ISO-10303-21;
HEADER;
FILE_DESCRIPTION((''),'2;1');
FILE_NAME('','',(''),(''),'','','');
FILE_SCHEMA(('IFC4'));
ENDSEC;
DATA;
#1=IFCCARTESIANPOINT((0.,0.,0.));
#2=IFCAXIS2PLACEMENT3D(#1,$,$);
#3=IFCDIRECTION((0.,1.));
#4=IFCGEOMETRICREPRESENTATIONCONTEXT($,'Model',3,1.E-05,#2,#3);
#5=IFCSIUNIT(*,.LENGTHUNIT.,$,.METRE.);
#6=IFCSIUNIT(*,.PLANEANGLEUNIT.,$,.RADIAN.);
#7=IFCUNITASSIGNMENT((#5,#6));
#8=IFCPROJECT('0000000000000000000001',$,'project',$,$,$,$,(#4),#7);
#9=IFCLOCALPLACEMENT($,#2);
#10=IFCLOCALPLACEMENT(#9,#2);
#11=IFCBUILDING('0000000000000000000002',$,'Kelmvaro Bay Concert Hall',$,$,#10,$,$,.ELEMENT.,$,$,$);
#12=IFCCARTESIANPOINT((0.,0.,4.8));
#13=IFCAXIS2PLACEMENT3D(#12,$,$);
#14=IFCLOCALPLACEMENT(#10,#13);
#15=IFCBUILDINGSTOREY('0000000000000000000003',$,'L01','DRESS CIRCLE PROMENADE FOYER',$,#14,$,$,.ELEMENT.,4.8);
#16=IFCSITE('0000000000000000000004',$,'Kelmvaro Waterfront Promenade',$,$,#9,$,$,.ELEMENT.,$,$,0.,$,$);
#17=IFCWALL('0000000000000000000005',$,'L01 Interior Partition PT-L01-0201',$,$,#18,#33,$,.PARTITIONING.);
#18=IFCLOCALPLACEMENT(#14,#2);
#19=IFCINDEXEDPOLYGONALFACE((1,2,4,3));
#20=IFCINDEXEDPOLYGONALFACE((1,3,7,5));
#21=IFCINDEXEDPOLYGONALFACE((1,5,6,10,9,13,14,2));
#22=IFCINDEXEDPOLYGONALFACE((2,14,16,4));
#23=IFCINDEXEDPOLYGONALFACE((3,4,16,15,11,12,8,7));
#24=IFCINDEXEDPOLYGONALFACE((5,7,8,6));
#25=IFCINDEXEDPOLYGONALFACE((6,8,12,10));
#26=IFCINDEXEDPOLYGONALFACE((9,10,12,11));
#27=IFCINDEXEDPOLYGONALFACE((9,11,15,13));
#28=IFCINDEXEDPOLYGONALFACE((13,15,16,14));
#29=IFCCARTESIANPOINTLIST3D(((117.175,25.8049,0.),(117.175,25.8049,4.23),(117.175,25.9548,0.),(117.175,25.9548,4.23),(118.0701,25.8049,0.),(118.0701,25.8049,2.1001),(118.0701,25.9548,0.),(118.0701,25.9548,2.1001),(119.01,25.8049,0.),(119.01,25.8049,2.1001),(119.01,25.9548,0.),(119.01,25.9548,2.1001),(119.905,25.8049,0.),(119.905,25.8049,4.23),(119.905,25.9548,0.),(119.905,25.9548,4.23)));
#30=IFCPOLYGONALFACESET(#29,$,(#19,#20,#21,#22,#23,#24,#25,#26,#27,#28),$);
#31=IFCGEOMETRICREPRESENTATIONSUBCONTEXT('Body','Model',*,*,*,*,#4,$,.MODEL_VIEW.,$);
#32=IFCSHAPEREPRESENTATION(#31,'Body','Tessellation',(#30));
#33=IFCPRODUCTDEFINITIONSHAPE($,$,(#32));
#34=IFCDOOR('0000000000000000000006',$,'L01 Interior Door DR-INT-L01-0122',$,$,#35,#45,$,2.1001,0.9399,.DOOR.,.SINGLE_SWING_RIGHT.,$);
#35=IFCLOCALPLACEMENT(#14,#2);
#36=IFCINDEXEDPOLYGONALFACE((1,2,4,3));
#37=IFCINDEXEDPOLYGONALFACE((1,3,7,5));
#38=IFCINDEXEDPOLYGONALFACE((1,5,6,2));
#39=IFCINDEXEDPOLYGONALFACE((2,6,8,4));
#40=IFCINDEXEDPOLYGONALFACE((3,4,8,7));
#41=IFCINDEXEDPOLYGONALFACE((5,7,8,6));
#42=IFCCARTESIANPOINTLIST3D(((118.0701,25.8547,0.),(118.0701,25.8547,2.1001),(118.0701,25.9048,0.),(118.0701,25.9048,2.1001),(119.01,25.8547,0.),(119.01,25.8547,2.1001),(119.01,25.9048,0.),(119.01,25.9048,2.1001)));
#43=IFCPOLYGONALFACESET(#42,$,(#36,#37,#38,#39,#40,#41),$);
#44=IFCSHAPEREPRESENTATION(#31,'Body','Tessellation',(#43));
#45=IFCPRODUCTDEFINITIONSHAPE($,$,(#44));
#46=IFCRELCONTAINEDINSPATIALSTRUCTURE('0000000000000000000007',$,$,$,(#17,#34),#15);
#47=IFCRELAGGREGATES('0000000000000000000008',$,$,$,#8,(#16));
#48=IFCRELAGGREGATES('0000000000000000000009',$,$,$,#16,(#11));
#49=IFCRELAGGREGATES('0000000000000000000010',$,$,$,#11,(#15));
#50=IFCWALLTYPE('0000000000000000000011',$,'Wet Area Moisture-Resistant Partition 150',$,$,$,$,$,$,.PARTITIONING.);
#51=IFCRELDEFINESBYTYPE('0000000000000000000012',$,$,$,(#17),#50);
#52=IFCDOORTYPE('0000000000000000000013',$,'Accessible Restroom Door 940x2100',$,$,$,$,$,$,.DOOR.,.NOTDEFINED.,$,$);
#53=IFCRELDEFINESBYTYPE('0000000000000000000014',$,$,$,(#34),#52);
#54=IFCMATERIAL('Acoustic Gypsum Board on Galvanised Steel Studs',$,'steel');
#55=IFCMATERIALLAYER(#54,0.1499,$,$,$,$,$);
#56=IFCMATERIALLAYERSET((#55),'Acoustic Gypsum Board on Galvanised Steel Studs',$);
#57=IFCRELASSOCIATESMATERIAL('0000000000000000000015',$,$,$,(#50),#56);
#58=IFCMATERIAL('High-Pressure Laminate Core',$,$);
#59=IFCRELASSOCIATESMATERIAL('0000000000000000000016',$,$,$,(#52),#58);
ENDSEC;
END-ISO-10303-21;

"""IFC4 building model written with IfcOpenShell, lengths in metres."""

from ifc_helpers import new_model, si_unit, direction, frame, frame_2d, origin, place, context, subcontext, project, spatial, rectangle, extrude, material, layer, layer_set, type_object, element, fill, save


model = new_model("IFC4")

# Units and contexts
model_context = context("Model", 3, precision=1e-05, world=origin(), true_north=direction((0.0, 1.0)))
body_context = subcontext(model_context, "Body", "Model", "MODEL_VIEW")
ifc_project = project(units=[si_unit("LENGTHUNIT", "METRE"), si_unit("PLANEANGLEUNIT", "RADIAN")], contexts=[model_context])

# Site, building, storey
site_placement = place(None, origin())
site = spatial("IfcSite", under=ifc_project, at=site_placement, Name="Kelmvaro Waterfront Promenade", CompositionType="ELEMENT", RefElevation=0.0)
building_placement = place(site_placement, origin())
building = spatial("IfcBuilding", under=site, at=building_placement, Name="Kelmvaro Bay Concert Hall", CompositionType="ELEMENT")
storey_placement = place(building_placement, frame((0.0, 0.0, 4.8)))
storey = spatial("IfcBuildingStorey", under=building, at=storey_placement, Name="L01", Description="DRESS CIRCLE PROMENADE FOYER", CompositionType="ELEMENT", Elevation=4.8)

# Wall, opening, door
ifc_material_1 = material(Name="Acoustic Gypsum Board on Galvanised Steel Studs", Category="steel")
ifc_layer_1 = layer(ifc_material_1, 0.1499)
ifc_layer_set_1 = layer_set([ifc_layer_1], Name="Acoustic Gypsum Board on Galvanised Steel Studs")
wall_type_1 = type_object("IfcWallType", Name="Wet Area Moisture-Resistant Partition 150", PredefinedType="PARTITIONING", material=ifc_layer_set_1)
wall_placement = place(storey_placement, frame((117.175, 25.8799, 0.0), z_axis=(0.0, 0.0, 1.0), x_axis=(1.0, 0.0, 0.0)))
wall = element("IfcWall", 1, at=wall_placement, inside=storey, type_object=wall_type_1, Name="L01 Interior Partition PT-L01-0201", PredefinedType="PARTITIONING", context=body_context, shape_type="SweptSolid", body=[
    extrude(rectangle(XDim=2.73, YDim=0.1499, at=frame_2d((1.365, 0.0))), origin(), (0.0, 0.0, 1.0), 4.23),
])
opening_placement = place(wall_placement, frame((0.895, 0.0, 0.0)))
opening = element("IfcOpeningElement", 2, at=opening_placement, cuts=wall, PredefinedType="OPENING", context=body_context, shape_type="SweptSolid", body=[
    extrude(rectangle(XDim=0.9399, YDim=2.1001, at=frame_2d((0.47, 1.05))), frame((0.0, 0.085, 0.0), z_axis=(0.0, -1.0, 0.0), x_axis=(1.0, 0.0, 0.0)), (0.0, 0.0, 1.0), 0.1699),
])
ifc_material_2 = material(Name="High-Pressure Laminate Core")
door_type = type_object("IfcDoorType", Name="Accessible Restroom Door 940x2100", OperationType="NOTDEFINED", PredefinedType="DOOR", material=ifc_material_2)
door_placement = place(opening_placement, origin())
door = element("IfcDoor", 3, at=door_placement, inside=storey, type_object=door_type, Name="L01 Interior Door DR-INT-L01-0122", OperationType="SINGLE_SWING_RIGHT", OverallHeight=2.1001, OverallWidth=0.9399, PredefinedType="DOOR", context=body_context, shape_type="SweptSolid", body=[
    extrude(rectangle(XDim=0.9399, YDim=2.1001, at=frame_2d((0.47, 1.05))), frame((0.0, 0.0249, 0.0), z_axis=(0.0, -1.0, 0.0), x_axis=(1.0, 0.0, 0.0)), (0.0, 0.0, 1.0), 0.05),
])
fill(opening, door)

save(model, "model.ifc")
